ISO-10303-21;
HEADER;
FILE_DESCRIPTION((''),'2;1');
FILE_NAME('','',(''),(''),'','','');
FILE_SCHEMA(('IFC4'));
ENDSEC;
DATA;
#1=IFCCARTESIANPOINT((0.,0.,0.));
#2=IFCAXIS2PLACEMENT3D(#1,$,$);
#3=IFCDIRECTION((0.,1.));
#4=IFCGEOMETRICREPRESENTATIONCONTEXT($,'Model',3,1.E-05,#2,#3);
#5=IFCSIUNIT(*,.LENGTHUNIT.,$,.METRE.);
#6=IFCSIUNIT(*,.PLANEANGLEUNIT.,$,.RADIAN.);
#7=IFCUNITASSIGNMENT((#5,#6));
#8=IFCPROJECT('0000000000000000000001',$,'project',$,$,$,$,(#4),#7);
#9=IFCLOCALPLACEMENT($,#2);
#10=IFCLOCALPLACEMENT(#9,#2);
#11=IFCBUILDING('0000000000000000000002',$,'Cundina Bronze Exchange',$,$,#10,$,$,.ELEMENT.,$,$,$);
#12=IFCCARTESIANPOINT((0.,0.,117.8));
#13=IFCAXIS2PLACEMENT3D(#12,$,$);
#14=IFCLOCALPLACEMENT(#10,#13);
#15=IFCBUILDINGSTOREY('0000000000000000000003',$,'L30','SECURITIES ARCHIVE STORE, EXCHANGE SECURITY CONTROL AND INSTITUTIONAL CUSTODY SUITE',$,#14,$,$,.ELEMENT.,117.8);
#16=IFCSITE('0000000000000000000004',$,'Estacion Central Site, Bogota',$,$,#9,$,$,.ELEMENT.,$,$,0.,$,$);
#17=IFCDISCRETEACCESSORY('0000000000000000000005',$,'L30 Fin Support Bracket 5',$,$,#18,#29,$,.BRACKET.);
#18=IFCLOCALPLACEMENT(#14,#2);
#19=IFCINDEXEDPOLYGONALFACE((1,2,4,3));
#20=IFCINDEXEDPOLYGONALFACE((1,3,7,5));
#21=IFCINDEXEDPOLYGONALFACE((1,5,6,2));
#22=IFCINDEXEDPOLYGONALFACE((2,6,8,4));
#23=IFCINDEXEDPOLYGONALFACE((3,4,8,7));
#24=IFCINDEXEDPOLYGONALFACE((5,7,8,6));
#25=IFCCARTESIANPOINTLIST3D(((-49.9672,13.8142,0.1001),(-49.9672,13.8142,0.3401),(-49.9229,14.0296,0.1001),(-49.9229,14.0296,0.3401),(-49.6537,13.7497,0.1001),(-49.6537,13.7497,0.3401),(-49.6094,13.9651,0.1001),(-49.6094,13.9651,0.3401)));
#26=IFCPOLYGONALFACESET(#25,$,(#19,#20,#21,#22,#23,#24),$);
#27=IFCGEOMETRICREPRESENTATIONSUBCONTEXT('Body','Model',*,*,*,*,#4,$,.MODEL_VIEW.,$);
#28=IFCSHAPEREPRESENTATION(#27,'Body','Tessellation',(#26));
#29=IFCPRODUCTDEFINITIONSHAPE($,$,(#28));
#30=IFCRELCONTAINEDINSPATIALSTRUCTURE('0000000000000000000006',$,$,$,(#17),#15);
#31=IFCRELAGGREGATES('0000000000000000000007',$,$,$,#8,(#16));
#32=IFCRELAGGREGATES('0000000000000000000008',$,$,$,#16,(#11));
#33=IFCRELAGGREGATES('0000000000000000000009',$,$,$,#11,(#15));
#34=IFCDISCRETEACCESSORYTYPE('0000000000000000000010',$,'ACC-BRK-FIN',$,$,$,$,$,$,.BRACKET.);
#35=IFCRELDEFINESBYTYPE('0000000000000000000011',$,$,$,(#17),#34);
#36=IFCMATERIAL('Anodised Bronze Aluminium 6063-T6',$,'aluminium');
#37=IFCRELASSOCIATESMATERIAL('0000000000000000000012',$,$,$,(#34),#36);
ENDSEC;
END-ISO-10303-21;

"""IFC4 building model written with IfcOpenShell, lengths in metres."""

from ifc_helpers import new_model, si_unit, direction, frame, origin, origin_2d, place, context, subcontext, project, spatial, rectangle, extrude, material, type_object, element, save


model = new_model("IFC4")

# Units and contexts
model_context = context("Model", 3, precision=1e-05, world=origin(), true_north=direction((0.0, 1.0)))
body_context = subcontext(model_context, "Body", "Model", "MODEL_VIEW")
ifc_project = project(units=[si_unit("LENGTHUNIT", "METRE"), si_unit("PLANEANGLEUNIT", "RADIAN")], contexts=[model_context])

# Site, building, storey
site_placement = place(None, origin())
site = spatial("IfcSite", under=ifc_project, at=site_placement, Name="Estacion Central Site, Bogota", CompositionType="ELEMENT", RefElevation=0.0)
building_placement = place(site_placement, origin())
building = spatial("IfcBuilding", under=site, at=building_placement, Name="Cundina Bronze Exchange", CompositionType="ELEMENT")
storey_placement = place(building_placement, frame((0.0, 0.0, 117.8)))
storey = spatial("IfcBuildingStorey", under=building, at=storey_placement, Name="L30", Description="SECURITIES ARCHIVE STORE, EXCHANGE SECURITY CONTROL AND INSTITUTIONAL CUSTODY SUITE", CompositionType="ELEMENT", Elevation=117.8)

# Shared definitions
ifc_material_1 = material(Name="Anodised Bronze Aluminium 6063-T6", Category="aluminium")

# Discrete accessory
discrete_accessory_type = type_object("IfcDiscreteAccessoryType", Name="ACC-BRK-FIN", PredefinedType="BRACKET", material=ifc_material_1)
discrete_accessory_placement = place(storey_placement, frame((-49.7883, 13.8896, 0.1001), z_axis=(0.0, 0.0, 1.0), x_axis=(-0.20142, -0.979505, 0.0)))
element("IfcDiscreteAccessory", 1, at=discrete_accessory_placement, inside=storey, type_object=discrete_accessory_type, Name="L30 Fin Support Bracket 5", PredefinedType="BRACKET", context=body_context, shape_type="SweptSolid", body=[
    extrude(rectangle(XDim=0.22, YDim=0.3201, at=origin_2d()), origin(), (0.0, 0.0, 1.0), 0.24),
])

save(model, "model.ifc")
